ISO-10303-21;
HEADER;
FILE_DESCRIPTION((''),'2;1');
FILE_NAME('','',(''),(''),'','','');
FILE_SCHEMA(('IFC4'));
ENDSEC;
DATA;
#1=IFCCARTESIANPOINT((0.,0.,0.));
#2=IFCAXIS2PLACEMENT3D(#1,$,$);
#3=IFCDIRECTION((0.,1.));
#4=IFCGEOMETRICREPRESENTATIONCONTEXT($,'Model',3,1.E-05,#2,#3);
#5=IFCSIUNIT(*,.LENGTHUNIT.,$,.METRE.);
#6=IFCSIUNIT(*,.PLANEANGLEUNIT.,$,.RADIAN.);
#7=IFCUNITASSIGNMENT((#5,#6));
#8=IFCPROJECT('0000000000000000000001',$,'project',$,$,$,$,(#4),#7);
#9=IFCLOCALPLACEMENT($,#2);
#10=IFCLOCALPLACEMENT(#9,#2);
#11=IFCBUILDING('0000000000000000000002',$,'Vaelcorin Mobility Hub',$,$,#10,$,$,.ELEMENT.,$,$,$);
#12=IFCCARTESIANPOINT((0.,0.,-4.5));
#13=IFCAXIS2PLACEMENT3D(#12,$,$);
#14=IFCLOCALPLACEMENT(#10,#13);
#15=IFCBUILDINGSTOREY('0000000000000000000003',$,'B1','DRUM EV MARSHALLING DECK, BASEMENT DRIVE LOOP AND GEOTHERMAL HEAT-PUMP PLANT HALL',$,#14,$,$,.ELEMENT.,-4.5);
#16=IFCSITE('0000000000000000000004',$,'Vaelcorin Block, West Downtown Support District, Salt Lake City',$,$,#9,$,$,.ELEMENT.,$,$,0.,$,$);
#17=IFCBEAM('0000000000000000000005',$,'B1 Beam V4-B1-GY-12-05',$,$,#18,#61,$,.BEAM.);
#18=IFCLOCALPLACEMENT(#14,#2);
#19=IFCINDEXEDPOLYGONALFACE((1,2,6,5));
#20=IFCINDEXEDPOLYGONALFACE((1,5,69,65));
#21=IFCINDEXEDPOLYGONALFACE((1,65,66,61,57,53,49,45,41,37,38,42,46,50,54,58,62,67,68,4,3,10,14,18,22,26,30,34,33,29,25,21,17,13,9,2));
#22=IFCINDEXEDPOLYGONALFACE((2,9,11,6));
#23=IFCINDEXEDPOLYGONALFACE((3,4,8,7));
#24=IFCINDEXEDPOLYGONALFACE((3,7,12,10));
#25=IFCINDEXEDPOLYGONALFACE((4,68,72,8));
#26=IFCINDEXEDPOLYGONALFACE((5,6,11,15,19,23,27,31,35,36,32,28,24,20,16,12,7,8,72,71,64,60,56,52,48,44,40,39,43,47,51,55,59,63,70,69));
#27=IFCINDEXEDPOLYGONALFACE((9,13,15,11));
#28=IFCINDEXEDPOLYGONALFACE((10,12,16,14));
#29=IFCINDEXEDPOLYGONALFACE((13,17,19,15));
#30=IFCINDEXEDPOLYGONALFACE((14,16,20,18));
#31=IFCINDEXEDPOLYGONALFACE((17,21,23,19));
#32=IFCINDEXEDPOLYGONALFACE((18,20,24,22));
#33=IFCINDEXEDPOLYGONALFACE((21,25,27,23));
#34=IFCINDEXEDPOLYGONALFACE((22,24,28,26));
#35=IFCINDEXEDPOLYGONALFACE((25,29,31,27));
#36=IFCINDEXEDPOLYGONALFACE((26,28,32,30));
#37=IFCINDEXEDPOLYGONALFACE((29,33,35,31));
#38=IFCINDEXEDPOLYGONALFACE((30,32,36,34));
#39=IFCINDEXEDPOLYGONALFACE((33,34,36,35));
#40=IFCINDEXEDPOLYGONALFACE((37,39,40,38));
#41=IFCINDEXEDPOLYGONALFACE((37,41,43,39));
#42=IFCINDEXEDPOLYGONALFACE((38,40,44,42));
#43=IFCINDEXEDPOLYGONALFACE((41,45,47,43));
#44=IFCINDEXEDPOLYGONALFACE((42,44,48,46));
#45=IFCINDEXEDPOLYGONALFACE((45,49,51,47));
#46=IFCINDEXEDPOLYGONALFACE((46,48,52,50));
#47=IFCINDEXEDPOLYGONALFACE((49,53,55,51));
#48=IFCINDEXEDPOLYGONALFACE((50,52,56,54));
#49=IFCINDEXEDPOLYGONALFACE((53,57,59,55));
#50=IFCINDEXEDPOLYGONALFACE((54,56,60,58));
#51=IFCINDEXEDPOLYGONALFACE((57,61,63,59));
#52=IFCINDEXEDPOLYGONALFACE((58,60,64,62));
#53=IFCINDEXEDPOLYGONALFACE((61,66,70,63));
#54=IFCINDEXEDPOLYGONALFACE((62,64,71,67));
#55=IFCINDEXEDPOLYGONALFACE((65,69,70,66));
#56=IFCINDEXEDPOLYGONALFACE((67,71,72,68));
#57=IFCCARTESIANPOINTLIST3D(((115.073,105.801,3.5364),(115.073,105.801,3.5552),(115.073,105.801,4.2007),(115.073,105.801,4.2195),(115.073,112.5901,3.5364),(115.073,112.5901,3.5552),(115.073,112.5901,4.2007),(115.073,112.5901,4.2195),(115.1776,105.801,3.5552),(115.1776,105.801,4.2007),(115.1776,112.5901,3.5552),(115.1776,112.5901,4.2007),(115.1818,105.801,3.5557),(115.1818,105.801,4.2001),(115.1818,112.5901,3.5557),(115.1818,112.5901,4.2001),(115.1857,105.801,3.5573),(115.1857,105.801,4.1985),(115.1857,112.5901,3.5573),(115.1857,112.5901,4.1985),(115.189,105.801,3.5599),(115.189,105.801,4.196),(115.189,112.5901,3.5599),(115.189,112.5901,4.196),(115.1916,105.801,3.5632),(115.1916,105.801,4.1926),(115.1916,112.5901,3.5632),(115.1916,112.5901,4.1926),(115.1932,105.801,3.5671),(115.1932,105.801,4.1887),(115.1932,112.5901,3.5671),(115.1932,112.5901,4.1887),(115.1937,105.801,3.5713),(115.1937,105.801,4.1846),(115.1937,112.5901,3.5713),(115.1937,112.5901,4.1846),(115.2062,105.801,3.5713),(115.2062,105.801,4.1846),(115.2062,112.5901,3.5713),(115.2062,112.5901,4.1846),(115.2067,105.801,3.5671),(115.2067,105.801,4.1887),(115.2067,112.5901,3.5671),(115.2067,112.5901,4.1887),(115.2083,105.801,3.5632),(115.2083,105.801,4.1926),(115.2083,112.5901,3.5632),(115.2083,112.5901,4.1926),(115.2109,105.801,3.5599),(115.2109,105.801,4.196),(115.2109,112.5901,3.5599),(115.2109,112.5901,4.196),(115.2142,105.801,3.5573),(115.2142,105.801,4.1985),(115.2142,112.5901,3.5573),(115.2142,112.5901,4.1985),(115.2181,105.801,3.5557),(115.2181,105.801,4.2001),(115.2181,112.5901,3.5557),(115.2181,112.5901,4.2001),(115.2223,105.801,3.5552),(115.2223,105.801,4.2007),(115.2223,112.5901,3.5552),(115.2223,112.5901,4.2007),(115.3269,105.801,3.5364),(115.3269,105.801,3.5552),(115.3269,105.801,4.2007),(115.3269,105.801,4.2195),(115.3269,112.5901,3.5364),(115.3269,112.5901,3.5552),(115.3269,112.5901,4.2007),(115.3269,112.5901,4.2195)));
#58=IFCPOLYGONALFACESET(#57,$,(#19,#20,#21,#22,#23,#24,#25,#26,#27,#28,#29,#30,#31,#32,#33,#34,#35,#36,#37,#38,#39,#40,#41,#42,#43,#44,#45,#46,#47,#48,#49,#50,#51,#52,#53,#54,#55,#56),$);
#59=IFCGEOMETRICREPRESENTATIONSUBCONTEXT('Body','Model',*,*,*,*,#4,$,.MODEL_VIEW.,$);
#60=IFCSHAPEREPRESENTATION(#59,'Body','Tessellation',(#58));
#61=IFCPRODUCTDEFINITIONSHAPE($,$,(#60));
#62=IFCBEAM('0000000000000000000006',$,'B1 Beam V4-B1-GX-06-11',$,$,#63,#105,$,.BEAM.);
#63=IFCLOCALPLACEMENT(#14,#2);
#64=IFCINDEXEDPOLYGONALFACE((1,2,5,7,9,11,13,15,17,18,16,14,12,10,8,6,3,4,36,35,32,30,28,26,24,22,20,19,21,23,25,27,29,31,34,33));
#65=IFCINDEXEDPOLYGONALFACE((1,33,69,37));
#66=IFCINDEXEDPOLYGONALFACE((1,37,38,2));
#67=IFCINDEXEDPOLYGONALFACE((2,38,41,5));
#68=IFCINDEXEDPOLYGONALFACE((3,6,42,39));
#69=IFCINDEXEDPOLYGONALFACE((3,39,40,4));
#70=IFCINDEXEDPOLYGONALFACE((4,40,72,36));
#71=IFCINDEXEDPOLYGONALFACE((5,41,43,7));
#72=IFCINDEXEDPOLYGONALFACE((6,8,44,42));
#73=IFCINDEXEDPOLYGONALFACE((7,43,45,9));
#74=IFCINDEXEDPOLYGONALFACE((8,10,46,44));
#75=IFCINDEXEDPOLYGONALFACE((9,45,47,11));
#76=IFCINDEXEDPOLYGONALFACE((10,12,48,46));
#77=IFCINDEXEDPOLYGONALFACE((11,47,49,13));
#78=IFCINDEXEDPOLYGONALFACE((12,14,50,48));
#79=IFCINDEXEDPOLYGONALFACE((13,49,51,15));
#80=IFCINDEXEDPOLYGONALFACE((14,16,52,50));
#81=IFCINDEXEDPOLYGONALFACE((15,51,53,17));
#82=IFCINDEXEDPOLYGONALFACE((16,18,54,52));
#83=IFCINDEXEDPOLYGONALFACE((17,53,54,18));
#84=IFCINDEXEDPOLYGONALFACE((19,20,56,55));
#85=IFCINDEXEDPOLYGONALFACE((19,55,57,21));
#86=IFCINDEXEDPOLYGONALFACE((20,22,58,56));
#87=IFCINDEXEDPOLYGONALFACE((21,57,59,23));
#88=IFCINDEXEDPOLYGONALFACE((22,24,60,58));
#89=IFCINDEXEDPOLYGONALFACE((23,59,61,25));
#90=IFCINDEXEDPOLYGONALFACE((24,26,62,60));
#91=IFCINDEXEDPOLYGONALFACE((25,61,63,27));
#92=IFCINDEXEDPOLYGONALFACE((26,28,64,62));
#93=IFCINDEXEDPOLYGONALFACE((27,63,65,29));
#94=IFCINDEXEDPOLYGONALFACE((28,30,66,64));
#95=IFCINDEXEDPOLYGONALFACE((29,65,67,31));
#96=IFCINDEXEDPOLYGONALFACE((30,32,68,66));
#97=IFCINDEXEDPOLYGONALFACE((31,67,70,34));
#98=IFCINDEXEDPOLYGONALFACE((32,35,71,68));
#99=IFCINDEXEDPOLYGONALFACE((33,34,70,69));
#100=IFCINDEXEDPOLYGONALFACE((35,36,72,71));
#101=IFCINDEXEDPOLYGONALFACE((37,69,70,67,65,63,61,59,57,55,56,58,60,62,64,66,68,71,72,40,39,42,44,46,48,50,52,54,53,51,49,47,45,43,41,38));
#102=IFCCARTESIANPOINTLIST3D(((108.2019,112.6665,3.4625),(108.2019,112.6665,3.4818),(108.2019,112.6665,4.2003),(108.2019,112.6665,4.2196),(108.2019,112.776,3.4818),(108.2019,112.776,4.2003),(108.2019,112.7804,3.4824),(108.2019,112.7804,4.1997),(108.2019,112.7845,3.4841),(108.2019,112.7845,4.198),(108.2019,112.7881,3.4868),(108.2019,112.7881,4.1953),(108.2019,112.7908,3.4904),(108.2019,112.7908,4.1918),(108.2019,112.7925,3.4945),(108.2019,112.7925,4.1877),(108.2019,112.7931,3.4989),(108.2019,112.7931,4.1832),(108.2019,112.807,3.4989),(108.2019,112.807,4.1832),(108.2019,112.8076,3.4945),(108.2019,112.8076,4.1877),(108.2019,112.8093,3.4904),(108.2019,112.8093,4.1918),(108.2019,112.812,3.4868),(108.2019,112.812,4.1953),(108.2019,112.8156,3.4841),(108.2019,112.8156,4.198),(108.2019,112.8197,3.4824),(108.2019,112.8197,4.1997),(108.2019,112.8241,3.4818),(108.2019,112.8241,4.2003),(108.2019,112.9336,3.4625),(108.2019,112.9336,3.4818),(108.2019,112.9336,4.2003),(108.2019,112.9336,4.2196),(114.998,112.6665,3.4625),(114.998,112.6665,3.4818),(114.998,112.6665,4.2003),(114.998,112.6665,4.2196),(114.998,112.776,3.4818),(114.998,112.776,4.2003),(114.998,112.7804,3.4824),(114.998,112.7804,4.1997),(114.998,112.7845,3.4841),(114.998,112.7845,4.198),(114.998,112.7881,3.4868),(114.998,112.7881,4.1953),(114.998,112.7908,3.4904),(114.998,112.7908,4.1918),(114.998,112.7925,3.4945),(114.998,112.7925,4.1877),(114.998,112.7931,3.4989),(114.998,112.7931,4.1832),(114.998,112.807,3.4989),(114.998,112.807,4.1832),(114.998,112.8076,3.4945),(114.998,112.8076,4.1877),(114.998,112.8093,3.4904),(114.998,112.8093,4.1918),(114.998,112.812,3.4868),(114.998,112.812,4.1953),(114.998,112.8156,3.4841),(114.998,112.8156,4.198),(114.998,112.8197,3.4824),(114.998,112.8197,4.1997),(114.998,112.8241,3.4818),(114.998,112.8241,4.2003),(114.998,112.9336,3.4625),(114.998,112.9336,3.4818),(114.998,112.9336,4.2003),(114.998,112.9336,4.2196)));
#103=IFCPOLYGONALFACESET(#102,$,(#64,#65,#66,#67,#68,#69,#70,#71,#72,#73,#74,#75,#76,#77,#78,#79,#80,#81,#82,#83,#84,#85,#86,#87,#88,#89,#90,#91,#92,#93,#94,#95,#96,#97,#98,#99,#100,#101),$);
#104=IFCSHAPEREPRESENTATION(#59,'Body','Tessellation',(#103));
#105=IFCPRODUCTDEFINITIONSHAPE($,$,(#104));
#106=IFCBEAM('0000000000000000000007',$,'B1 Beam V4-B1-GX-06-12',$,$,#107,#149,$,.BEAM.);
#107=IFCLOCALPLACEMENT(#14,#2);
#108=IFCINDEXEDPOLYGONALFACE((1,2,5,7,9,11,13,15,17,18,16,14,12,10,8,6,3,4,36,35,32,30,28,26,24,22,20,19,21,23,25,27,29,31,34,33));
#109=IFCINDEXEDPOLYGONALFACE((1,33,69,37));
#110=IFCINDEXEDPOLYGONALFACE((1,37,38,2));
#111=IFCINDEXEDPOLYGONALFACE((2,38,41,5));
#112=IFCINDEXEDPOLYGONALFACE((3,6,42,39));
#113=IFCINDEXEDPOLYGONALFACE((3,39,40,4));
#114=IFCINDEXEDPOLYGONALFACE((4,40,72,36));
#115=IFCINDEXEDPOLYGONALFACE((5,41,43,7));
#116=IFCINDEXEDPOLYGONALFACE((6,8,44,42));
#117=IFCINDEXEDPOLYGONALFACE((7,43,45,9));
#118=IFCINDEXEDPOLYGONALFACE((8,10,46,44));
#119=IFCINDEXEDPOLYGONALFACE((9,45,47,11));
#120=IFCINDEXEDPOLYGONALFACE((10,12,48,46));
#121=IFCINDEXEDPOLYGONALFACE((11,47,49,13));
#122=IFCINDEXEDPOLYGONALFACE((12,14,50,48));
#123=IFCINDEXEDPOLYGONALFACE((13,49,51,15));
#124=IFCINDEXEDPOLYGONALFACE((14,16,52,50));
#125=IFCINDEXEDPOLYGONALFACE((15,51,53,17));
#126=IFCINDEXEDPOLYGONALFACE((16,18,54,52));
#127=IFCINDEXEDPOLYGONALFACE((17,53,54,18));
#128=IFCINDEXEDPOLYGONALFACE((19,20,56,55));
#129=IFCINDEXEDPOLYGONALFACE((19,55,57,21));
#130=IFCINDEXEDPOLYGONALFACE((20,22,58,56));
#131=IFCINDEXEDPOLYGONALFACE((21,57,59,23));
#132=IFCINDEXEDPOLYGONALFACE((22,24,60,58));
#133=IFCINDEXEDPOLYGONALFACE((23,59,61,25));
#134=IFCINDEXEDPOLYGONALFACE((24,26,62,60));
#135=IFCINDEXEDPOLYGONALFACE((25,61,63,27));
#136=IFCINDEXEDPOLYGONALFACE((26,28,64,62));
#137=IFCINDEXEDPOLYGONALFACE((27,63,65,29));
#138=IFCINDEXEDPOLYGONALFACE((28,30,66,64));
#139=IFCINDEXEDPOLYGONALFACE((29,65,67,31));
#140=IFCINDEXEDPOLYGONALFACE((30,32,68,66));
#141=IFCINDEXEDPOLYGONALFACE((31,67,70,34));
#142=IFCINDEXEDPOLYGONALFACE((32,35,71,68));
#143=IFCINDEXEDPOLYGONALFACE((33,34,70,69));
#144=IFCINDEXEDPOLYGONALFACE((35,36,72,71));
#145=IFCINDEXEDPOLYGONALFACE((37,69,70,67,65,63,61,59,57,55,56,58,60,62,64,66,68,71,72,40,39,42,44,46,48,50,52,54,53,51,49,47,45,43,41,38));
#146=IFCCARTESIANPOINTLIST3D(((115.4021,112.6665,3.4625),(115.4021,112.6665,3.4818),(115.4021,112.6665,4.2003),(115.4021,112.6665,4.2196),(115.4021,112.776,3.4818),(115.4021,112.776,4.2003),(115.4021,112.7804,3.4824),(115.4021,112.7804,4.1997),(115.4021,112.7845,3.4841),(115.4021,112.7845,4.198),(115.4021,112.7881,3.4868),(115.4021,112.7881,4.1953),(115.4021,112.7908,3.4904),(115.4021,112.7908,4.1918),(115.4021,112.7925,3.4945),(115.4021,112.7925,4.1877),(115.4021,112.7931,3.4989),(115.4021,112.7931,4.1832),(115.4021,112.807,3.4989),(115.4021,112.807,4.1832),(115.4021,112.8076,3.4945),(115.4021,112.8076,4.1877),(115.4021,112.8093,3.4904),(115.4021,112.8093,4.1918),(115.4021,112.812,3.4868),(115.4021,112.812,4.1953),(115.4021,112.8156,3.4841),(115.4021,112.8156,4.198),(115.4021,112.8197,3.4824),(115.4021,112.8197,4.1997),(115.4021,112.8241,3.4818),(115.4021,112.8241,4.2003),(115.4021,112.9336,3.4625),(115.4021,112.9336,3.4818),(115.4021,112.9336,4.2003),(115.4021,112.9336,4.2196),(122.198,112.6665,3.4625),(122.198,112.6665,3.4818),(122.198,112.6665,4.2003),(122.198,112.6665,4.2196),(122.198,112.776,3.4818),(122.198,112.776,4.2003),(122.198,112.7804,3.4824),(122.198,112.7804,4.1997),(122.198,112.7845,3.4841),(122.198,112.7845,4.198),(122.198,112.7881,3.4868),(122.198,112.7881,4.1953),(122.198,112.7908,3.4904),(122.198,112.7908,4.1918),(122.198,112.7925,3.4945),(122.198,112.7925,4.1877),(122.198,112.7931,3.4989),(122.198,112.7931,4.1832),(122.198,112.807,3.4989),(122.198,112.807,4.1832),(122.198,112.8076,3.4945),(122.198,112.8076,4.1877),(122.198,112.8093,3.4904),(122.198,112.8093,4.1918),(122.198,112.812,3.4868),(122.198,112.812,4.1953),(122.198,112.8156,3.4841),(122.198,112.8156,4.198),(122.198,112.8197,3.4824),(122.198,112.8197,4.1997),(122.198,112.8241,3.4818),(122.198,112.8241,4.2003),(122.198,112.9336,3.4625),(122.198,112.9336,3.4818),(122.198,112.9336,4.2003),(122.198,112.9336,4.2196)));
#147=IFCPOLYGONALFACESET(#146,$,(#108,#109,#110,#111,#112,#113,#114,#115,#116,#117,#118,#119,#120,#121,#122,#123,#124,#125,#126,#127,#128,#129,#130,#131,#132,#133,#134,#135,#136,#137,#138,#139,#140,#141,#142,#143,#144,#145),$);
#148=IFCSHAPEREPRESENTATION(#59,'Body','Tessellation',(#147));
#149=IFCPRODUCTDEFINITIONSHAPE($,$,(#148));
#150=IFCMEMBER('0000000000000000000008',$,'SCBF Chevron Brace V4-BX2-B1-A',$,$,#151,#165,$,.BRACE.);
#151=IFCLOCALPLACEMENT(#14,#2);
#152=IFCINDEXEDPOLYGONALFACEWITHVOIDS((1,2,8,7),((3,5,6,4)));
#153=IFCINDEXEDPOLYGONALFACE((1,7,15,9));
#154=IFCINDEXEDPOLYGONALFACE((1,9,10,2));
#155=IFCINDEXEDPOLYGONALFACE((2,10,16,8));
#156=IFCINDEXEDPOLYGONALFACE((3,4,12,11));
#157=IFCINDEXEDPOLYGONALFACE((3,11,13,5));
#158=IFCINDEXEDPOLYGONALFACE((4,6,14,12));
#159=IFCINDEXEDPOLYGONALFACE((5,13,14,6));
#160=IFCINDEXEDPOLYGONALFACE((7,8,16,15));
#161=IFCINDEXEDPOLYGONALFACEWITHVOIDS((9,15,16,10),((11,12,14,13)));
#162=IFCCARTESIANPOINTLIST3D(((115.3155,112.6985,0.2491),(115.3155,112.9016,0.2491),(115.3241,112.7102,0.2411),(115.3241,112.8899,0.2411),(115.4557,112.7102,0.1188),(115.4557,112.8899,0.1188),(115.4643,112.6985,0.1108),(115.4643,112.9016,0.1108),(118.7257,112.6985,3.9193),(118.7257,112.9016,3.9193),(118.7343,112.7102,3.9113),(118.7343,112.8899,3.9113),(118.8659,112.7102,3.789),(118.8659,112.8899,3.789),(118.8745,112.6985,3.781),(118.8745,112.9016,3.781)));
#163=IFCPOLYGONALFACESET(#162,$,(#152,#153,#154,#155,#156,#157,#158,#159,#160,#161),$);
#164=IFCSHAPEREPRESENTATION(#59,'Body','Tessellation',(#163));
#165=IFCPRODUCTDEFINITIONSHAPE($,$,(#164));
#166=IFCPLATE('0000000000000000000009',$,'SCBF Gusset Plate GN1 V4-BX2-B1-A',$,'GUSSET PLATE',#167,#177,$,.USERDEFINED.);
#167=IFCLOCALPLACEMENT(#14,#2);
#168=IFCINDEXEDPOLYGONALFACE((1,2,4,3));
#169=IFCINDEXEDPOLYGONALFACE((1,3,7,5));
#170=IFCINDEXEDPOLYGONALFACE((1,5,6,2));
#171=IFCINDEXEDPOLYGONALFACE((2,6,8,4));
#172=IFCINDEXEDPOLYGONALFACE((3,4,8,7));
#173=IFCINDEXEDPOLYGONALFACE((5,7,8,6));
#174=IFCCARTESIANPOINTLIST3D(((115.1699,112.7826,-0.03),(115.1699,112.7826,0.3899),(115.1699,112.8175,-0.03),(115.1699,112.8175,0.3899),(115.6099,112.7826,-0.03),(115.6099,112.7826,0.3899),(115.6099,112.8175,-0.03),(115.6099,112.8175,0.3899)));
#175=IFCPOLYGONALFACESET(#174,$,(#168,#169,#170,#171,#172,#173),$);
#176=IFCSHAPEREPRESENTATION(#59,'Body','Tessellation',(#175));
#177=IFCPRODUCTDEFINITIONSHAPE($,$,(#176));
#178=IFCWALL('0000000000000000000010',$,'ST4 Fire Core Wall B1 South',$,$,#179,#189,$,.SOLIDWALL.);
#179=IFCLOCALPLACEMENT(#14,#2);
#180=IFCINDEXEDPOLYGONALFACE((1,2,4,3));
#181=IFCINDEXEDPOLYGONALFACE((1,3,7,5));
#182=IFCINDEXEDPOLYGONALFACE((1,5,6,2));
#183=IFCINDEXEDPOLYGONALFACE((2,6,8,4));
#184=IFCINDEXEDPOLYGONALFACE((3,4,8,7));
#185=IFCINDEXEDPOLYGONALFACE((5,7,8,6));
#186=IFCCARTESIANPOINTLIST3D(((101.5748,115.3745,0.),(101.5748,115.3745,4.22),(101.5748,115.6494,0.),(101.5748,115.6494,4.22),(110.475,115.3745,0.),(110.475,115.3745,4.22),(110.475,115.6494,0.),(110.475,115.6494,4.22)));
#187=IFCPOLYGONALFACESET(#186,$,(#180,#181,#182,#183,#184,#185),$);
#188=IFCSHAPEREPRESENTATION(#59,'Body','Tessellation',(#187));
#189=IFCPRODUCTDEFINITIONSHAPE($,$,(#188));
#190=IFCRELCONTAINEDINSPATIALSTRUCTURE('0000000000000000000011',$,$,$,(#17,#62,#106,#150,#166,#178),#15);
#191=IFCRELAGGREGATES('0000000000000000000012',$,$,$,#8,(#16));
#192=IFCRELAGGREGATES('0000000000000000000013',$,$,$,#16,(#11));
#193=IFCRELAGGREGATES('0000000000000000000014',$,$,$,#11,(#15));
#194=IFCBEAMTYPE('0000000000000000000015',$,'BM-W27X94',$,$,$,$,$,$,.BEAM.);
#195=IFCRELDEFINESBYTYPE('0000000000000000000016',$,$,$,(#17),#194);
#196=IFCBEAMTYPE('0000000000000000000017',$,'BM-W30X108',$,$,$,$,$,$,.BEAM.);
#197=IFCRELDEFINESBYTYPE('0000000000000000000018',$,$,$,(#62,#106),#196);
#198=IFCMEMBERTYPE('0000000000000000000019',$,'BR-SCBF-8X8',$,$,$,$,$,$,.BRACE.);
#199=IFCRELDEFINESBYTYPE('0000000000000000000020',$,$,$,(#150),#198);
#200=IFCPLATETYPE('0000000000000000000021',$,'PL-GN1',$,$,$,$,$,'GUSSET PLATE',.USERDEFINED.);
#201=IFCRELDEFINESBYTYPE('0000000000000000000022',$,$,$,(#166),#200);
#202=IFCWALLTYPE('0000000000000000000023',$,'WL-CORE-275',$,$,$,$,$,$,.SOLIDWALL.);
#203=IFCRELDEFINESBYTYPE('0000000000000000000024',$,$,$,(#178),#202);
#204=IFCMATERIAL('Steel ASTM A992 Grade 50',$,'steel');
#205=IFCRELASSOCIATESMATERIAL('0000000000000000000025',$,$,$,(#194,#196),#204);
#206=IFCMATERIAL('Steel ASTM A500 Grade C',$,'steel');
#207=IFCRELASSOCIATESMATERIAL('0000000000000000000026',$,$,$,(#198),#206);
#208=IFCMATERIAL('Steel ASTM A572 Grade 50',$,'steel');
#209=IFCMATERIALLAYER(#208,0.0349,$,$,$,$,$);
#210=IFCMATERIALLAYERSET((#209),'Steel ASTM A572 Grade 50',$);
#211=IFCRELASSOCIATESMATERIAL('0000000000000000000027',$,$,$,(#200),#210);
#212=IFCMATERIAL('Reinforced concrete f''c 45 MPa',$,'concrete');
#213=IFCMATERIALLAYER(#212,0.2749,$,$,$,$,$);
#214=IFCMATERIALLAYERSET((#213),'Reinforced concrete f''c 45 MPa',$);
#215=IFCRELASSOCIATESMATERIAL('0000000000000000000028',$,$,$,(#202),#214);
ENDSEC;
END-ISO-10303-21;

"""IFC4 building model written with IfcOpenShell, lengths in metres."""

from ifc_helpers import new_model, si_unit, direction, frame, frame_2d, origin, origin_2d, place, context, subcontext, project, spatial, rectangle, hollow_rectangle, i_section, extrude, material, layer, layer_set, material_profile, profile_set, type_object, element, save


model = new_model("IFC4")

# Units and contexts
model_context = context("Model", 3, precision=1e-05, world=origin(), true_north=direction((0.0, 1.0)))
body_context = subcontext(model_context, "Body", "Model", "MODEL_VIEW")
ifc_project = project(units=[si_unit("LENGTHUNIT", "METRE"), si_unit("PLANEANGLEUNIT", "RADIAN")], contexts=[model_context])

# Site, building, storey
site_placement = place(None, origin())
site = spatial("IfcSite", under=ifc_project, at=site_placement, Name="Vaelcorin Block, West Downtown Support District, Salt Lake City", CompositionType="ELEMENT", RefElevation=0.0)
building_placement = place(site_placement, origin())
building = spatial("IfcBuilding", under=site, at=building_placement, Name="Vaelcorin Mobility Hub", CompositionType="ELEMENT")
storey_placement = place(building_placement, frame((0.0, 0.0, -4.5)))
storey = spatial("IfcBuildingStorey", under=building, at=storey_placement, Name="B1", Description="DRUM EV MARSHALLING DECK, BASEMENT DRIVE LOOP AND GEOTHERMAL HEAT-PUMP PLANT HALL", CompositionType="ELEMENT", Elevation=-4.5)

# Shared definitions
ifc_material_1 = material(Name="Steel ASTM A992 Grade 50", Category="steel")

# Beams
ifc_material_profile_1 = material_profile(ifc_material_1, i_section(OverallWidth=0.2539, OverallDepth=0.6831, WebThickness=0.0125, FlangeThickness=0.0188, FilletRadius=0.0161, at=origin_2d()), Name="W27X94")
ifc_profile_set_1 = profile_set([ifc_material_profile_1], Name="Steel ASTM A992 Grade 50")
beam_type_1 = type_object("IfcBeamType", Name="BM-W27X94", PredefinedType="BEAM", material=ifc_profile_set_1)
for number, where, z_axis, x_axis, name in (
    (1, (115.2, 105.801, 3.8779), (0.0, 1.0, 0.0), (-1.0, 0.0, 0.0), "B1 Beam V4-B1-GY-12-05"),
):
    element("IfcBeam", number, at=place(storey_placement, frame(where, z_axis=z_axis, x_axis=x_axis)), inside=storey, type_object=beam_type_1, Name=name, PredefinedType="BEAM", context=body_context, shape_type="SweptSolid", body=[
        extrude(i_section(OverallWidth=0.2539, OverallDepth=0.6831, WebThickness=0.0125, FlangeThickness=0.0188, FilletRadius=0.0161, at=origin_2d()), origin(), (0.0, 0.0, 1.0), 6.7891),
    ])
ifc_material_profile_2 = material_profile(ifc_material_1, i_section(OverallWidth=0.2671, OverallDepth=0.7571, WebThickness=0.0139, FlangeThickness=0.0193, FilletRadius=0.0171, at=origin_2d()), Name="W30X108")
ifc_profile_set_2 = profile_set([ifc_material_profile_2], Name="Steel ASTM A992 Grade 50")
beam_type_2 = type_object("IfcBeamType", Name="BM-W30X108", PredefinedType="BEAM", material=ifc_profile_set_2)
beam_1_placement = place(storey_placement, frame((108.2019, 112.8, 3.8411), z_axis=(1.0, 0.0, 0.0), x_axis=(0.0, 1.0, 0.0)))
element("IfcBeam", 2, at=beam_1_placement, inside=storey, type_object=beam_type_2, Name="B1 Beam V4-B1-GX-06-11", PredefinedType="BEAM", context=body_context, shape_type="SweptSolid", body=[
    extrude(i_section(OverallWidth=0.2671, OverallDepth=0.7571, WebThickness=0.0139, FlangeThickness=0.0193, FilletRadius=0.0171, at=origin_2d()), origin(), (0.0, 0.0, 1.0), 6.7961),
])
beam_2_placement = place(storey_placement, frame((115.4021, 112.8, 3.8411), z_axis=(1.0, 0.0, 0.0), x_axis=(0.0, 1.0, 0.0)))
element("IfcBeam", 3, at=beam_2_placement, inside=storey, type_object=beam_type_2, Name="B1 Beam V4-B1-GX-06-12", PredefinedType="BEAM", context=body_context, shape_type="SweptSolid", body=[
    extrude(i_section(OverallWidth=0.2671, OverallDepth=0.7571, WebThickness=0.0139, FlangeThickness=0.0193, FilletRadius=0.0171, at=origin_2d()), origin(), (0.0, 0.0, 1.0), 6.7959),
])

# Member
ifc_material_2 = material(Name="Steel ASTM A500 Grade C", Category="steel")
ifc_material_profile_3 = material_profile(ifc_material_2, hollow_rectangle(XDim=0.2031, YDim=0.2031, WallThickness=0.0117, at=origin_2d()), Name="HSS8X8X0.500")
ifc_profile_set_3 = profile_set([ifc_material_profile_3], Name="Steel ASTM A500 Grade C")
member_type = type_object("IfcMemberType", Name="BR-SCBF-8X8", PredefinedType="BRACE", material=ifc_profile_set_3)
member_placement = place(storey_placement, frame((115.3899, 112.8, 0.1799), z_axis=(0.680681, 0.0, 0.73258), x_axis=(0.0, 1.0, 0.0)))
element("IfcMember", 4, at=member_placement, inside=storey, type_object=member_type, Name="SCBF Chevron Brace V4-BX2-B1-A", PredefinedType="BRACE", context=body_context, shape_type="SweptSolid", body=[
    extrude(hollow_rectangle(XDim=0.2031, YDim=0.2031, WallThickness=0.0117, at=origin_2d()), origin(), (0.0, 0.0, 1.0), 5.01),
])

# Plate
ifc_material_3 = material(Name="Steel ASTM A572 Grade 50", Category="steel")
ifc_layer_1 = layer(ifc_material_3, 0.0349)
ifc_layer_set_1 = layer_set([ifc_layer_1], Name="Steel ASTM A572 Grade 50")
plate_type = type_object("IfcPlateType", Name="PL-GN1", ElementType="GUSSET PLATE", PredefinedType="USERDEFINED", material=ifc_layer_set_1)
plate_placement = place(storey_placement, frame((115.3899, 112.8, -0.03), z_axis=(0.0, 0.0, 1.0), x_axis=(1.0, 0.0, 0.0)))
element("IfcPlate", 5, at=plate_placement, inside=storey, type_object=plate_type, Name="SCBF Gusset Plate GN1 V4-BX2-B1-A", ObjectType="GUSSET PLATE", PredefinedType="USERDEFINED", context=body_context, shape_type="SweptSolid", body=[
    extrude(rectangle(XDim=0.4399, YDim=0.0349, at=origin_2d()), origin(), (0.0, 0.0, 1.0), 0.4199),
])

# Wall
ifc_material_4 = material(Name="Reinforced concrete f'c 45 MPa", Category="concrete")
ifc_layer_2 = layer(ifc_material_4, 0.2749)
ifc_layer_set_2 = layer_set([ifc_layer_2], Name="Reinforced concrete f'c 45 MPa")
wall_type = type_object("IfcWallType", Name="WL-CORE-275", PredefinedType="SOLIDWALL", material=ifc_layer_set_2)
wall_1_placement = place(storey_placement, frame((110.4751, 115.512, 0.0), z_axis=(0.0, 0.0, 1.0), x_axis=(-1.0, 0.0, 0.0)))
element("IfcWall", 6, at=wall_1_placement, inside=storey, type_object=wall_type, Name="ST4 Fire Core Wall B1 South", PredefinedType="SOLIDWALL", context=body_context, shape_type="SweptSolid", body=[
    extrude(rectangle(XDim=8.9001, YDim=0.2749, at=frame_2d((4.4502, 0.0))), origin(), (0.0, 0.0, 1.0), 4.22),
])

save(model, "model.ifc")
